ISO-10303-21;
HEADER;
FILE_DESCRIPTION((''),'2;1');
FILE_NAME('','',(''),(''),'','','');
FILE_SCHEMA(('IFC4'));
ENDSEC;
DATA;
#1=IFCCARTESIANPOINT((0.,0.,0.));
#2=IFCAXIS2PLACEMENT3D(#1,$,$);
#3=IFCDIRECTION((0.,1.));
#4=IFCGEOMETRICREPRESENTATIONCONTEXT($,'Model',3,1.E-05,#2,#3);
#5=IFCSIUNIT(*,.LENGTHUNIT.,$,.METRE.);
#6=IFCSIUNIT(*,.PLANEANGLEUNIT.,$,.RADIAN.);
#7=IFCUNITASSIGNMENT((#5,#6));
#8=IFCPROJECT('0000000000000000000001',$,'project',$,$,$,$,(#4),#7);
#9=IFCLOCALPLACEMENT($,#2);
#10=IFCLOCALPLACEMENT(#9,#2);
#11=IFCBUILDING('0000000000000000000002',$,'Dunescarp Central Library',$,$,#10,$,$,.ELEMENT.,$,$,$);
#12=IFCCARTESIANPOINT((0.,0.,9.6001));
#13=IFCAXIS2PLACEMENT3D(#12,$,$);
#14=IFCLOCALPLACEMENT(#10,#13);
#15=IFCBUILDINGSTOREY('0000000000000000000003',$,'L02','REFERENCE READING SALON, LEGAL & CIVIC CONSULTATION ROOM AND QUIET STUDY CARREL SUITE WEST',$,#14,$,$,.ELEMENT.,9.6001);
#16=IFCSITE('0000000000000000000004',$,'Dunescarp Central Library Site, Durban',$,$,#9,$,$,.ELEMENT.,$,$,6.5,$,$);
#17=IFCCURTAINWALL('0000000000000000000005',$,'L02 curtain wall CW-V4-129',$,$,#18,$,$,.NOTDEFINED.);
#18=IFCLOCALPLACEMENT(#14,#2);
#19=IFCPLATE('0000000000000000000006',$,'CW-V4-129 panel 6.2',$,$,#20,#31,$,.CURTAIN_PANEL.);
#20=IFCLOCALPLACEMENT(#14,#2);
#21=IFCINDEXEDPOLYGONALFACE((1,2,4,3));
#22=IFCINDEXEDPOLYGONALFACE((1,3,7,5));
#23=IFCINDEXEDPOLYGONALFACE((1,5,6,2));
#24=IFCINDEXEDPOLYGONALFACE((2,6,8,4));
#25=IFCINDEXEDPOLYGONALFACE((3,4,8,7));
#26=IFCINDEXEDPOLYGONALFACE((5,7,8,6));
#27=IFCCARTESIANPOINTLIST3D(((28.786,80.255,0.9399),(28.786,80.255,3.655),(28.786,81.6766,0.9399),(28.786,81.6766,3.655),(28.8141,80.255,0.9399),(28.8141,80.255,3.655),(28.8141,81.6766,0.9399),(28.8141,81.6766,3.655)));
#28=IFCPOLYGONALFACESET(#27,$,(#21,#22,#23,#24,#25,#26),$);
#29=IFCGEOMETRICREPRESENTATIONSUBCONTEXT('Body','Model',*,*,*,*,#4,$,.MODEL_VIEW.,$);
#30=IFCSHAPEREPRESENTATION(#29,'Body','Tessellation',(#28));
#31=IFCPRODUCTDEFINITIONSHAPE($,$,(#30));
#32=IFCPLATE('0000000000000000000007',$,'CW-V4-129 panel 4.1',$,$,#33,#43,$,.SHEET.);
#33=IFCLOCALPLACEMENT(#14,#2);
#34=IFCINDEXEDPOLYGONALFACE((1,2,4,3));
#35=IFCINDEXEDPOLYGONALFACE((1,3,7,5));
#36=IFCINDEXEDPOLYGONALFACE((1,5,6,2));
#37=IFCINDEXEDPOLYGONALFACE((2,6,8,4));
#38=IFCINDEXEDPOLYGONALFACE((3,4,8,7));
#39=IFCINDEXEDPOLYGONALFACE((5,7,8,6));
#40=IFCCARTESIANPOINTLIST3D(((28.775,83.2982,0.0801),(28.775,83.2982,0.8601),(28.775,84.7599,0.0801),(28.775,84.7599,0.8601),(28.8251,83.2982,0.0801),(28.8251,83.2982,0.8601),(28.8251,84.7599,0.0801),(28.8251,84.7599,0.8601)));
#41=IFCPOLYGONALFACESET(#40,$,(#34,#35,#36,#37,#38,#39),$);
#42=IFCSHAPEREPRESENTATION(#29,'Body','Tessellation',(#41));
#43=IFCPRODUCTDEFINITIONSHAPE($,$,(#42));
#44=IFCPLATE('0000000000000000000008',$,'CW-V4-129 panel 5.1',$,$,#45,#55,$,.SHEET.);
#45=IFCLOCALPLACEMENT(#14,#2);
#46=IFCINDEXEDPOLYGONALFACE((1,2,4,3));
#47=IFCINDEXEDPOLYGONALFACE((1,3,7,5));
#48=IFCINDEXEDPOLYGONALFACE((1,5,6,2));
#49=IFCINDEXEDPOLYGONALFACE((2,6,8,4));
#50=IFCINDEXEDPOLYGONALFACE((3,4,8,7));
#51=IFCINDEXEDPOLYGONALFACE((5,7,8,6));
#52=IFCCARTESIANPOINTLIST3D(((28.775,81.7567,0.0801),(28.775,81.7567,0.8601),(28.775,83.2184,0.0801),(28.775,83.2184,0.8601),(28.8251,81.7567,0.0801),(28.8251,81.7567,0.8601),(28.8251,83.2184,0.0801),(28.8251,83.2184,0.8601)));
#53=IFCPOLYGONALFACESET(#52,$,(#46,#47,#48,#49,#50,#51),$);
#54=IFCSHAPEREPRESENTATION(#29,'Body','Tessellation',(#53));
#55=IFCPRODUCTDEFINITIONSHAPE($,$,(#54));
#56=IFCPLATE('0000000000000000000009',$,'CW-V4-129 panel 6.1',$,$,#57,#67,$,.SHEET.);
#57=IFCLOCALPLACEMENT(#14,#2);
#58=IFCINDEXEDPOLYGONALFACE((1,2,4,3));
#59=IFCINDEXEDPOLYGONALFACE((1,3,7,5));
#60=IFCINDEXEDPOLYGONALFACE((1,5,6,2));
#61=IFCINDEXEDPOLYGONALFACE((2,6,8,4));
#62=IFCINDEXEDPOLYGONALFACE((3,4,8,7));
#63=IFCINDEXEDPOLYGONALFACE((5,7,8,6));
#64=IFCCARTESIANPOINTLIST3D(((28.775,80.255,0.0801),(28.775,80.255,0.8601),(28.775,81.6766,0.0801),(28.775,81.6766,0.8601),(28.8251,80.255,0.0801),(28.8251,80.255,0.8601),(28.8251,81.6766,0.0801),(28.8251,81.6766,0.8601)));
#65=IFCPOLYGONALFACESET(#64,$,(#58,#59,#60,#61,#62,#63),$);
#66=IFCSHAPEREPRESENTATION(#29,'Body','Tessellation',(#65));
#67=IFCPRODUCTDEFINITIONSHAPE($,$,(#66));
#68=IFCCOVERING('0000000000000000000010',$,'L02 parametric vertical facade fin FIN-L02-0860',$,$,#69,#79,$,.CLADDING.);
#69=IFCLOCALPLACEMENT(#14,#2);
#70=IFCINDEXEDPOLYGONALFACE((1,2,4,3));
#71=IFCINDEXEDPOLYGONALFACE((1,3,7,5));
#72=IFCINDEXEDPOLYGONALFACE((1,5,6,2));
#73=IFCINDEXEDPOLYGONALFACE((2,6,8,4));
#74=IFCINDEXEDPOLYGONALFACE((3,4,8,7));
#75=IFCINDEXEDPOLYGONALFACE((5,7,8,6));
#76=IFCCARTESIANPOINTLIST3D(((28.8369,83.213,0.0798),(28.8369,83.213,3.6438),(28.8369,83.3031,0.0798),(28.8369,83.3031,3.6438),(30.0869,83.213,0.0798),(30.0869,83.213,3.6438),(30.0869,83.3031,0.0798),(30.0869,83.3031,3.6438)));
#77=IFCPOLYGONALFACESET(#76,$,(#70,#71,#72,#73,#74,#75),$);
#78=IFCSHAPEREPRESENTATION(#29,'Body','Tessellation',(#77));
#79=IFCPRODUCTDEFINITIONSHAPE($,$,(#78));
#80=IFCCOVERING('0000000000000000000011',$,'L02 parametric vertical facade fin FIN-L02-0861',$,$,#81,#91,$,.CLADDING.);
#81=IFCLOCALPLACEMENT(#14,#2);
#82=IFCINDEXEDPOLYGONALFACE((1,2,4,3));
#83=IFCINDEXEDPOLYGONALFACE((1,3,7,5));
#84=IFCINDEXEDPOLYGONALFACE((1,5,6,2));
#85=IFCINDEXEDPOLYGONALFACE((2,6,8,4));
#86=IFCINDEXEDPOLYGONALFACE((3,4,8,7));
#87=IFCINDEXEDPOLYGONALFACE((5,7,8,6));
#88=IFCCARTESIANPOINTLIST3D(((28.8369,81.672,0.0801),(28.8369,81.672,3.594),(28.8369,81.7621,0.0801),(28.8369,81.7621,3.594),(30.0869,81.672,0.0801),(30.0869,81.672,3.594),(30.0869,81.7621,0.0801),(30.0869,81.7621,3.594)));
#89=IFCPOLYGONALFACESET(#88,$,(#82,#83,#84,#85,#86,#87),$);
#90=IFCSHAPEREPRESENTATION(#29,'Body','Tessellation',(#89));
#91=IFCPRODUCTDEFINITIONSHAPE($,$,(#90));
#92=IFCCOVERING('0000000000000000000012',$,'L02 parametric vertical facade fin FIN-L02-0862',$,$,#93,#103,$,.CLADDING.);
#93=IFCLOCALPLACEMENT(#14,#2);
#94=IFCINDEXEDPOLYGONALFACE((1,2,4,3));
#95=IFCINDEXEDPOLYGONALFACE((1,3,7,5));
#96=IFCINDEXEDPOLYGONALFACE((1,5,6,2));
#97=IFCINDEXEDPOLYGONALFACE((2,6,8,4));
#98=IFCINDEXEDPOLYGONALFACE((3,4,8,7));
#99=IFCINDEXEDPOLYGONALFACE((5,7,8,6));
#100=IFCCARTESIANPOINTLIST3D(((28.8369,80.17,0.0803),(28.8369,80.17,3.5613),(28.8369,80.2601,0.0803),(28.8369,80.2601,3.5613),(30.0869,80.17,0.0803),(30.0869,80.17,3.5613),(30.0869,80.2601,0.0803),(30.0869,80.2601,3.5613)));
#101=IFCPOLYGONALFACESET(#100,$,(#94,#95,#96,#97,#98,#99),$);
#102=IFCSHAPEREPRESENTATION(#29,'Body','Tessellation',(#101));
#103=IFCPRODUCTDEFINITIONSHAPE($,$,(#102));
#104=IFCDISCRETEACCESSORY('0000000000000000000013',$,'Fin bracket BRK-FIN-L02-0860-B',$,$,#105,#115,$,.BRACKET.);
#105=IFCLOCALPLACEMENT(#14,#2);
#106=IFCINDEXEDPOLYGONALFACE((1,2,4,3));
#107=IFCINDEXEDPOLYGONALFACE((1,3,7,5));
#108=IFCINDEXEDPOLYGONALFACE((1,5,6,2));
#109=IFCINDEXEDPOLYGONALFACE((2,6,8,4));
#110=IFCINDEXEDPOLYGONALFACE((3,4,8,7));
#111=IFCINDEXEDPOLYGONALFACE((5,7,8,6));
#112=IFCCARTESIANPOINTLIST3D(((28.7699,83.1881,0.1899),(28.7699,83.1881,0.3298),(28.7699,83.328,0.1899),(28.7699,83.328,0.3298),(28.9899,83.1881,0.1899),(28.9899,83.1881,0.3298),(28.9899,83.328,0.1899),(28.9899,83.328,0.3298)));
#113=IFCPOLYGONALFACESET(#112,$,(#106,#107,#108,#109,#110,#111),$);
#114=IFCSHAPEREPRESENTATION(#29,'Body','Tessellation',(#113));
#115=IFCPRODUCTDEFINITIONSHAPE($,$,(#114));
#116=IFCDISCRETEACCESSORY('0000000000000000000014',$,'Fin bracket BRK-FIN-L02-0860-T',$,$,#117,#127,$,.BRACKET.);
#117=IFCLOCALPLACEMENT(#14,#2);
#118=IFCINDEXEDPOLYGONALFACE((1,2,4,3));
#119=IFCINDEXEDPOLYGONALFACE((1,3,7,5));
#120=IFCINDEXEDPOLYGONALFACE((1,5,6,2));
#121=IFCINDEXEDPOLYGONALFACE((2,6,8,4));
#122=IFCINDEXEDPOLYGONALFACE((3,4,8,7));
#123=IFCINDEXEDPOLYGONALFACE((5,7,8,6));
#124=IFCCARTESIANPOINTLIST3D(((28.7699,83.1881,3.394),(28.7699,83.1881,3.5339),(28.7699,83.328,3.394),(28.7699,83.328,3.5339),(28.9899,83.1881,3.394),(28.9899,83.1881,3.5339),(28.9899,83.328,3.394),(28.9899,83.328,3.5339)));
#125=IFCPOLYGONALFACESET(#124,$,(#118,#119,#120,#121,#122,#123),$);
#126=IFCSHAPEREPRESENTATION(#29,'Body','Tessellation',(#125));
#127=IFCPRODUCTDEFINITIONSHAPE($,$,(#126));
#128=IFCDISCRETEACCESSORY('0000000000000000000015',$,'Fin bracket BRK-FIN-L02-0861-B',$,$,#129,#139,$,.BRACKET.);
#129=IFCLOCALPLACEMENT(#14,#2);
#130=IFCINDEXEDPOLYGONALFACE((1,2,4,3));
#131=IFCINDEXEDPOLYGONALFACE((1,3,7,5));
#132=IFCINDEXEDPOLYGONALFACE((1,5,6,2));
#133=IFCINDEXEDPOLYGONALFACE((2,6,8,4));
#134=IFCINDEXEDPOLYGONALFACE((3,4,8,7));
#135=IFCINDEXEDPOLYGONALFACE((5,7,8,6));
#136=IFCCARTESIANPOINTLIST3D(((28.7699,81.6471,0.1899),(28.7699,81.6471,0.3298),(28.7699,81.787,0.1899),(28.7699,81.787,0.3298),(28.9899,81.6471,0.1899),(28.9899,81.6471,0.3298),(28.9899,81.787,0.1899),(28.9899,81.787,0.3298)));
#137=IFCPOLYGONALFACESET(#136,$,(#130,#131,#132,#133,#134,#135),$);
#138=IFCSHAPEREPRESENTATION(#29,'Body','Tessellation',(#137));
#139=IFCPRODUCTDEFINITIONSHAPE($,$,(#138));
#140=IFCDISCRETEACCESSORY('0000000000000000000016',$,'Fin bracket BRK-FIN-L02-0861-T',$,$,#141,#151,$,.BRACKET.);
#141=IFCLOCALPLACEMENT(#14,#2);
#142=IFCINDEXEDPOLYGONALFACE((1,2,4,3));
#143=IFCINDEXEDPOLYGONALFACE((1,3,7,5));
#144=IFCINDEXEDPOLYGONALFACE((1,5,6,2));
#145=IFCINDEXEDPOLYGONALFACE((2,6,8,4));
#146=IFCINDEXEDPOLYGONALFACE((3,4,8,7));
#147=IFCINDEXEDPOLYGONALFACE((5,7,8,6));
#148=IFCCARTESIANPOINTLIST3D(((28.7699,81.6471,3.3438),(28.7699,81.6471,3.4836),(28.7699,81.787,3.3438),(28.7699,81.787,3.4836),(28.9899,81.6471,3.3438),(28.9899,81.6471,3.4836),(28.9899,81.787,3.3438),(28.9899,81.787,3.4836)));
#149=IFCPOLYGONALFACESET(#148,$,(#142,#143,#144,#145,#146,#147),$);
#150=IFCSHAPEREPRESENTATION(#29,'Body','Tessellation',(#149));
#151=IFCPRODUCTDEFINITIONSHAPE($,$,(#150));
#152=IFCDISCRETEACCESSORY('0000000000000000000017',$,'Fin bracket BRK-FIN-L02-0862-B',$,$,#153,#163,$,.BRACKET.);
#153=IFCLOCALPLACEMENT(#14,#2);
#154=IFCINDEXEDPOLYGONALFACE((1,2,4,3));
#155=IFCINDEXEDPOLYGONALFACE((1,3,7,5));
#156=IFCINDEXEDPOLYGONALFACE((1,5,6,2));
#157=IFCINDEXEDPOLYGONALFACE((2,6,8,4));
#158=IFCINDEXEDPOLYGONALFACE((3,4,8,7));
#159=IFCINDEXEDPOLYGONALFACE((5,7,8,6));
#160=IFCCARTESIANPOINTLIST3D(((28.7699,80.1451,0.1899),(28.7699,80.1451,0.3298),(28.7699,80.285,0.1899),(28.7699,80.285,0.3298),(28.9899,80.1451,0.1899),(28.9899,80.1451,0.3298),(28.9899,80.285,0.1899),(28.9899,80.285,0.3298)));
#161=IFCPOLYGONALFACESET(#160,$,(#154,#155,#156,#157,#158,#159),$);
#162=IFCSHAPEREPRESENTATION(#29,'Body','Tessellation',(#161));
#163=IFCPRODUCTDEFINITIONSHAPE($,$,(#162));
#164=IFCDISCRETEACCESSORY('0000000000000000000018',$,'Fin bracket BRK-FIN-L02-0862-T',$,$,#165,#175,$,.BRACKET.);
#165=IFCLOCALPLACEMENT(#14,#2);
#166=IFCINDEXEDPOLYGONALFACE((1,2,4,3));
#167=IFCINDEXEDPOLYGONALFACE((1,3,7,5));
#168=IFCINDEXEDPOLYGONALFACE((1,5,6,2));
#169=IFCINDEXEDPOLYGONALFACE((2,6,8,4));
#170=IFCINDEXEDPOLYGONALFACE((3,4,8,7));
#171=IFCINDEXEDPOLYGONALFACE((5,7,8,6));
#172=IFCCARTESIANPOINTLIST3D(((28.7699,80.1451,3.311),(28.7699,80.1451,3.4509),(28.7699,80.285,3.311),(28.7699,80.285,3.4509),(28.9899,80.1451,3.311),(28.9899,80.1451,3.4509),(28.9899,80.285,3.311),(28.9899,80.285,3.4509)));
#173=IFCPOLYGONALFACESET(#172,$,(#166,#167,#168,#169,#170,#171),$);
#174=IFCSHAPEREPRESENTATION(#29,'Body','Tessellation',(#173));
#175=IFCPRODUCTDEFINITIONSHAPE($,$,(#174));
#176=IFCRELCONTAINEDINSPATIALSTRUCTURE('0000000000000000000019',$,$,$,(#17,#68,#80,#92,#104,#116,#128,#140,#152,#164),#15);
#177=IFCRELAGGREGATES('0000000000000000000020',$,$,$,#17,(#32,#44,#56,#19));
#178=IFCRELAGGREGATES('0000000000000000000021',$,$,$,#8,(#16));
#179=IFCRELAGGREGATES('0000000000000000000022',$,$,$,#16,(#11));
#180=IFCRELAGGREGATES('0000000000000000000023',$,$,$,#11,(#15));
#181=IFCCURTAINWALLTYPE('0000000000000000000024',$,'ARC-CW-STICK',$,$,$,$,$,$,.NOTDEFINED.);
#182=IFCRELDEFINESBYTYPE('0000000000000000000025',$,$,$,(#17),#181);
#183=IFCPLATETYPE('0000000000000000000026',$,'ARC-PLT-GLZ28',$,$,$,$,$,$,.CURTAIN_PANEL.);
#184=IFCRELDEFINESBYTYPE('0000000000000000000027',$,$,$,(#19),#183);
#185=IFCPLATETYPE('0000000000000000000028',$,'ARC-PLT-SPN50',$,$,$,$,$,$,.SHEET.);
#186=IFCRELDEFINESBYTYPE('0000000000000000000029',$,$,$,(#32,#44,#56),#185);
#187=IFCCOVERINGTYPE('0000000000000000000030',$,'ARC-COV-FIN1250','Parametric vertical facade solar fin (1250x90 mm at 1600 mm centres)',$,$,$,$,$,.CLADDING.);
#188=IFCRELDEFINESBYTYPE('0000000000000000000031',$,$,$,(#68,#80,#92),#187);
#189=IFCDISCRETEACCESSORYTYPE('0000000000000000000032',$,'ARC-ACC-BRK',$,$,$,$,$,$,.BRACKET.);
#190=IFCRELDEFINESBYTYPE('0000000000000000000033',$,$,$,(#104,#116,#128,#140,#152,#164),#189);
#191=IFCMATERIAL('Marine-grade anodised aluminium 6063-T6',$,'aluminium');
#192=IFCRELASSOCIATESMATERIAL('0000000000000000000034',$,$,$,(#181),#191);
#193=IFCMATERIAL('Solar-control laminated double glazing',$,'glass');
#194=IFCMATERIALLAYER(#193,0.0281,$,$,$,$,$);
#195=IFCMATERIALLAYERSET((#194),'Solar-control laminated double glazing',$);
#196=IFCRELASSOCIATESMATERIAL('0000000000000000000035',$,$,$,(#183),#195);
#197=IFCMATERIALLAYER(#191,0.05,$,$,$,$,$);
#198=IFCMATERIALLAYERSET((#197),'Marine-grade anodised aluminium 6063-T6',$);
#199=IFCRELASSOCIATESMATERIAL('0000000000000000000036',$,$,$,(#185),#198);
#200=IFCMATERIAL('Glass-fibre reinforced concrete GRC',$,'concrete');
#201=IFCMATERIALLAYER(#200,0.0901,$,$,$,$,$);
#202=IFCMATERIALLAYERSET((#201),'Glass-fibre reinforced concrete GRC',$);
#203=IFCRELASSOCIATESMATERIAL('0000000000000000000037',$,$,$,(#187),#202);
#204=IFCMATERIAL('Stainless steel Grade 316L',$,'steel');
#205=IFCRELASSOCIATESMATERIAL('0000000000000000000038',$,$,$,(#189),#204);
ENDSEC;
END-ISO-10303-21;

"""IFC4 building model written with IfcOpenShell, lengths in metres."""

from ifc_helpers import new_model, si_unit, direction, frame, origin, origin_2d, place, context, subcontext, project, spatial, rectangle, extrude, material, layer, layer_set, type_object, element, aggregate, save


model = new_model("IFC4")

# Units and contexts
model_context = context("Model", 3, precision=1e-05, world=origin(), true_north=direction((0.0, 1.0)))
body_context = subcontext(model_context, "Body", "Model", "MODEL_VIEW")
ifc_project = project(units=[si_unit("LENGTHUNIT", "METRE"), si_unit("PLANEANGLEUNIT", "RADIAN")], contexts=[model_context])

# Site, building, storey
site_placement = place(None, origin())
site = spatial("IfcSite", under=ifc_project, at=site_placement, Name="Dunescarp Central Library Site, Durban", CompositionType="ELEMENT", RefElevation=6.5)
building_placement = place(site_placement, origin())
building = spatial("IfcBuilding", under=site, at=building_placement, Name="Dunescarp Central Library", CompositionType="ELEMENT")
storey_placement = place(building_placement, frame((0.0, 0.0, 9.6001)))
storey = spatial("IfcBuildingStorey", under=building, at=storey_placement, Name="L02", Description="REFERENCE READING SALON, LEGAL & CIVIC CONSULTATION ROOM AND QUIET STUDY CARREL SUITE WEST", CompositionType="ELEMENT", Elevation=9.6001)

# Curtain wall, plates
ifc_material_1 = material(Name="Marine-grade anodised aluminium 6063-T6", Category="aluminium")
curtain_wall_type = type_object("IfcCurtainWallType", Name="ARC-CW-STICK", PredefinedType="NOTDEFINED", material=ifc_material_1)
curtain_wall_placement = place(storey_placement, origin())
curtain_wall = element("IfcCurtainWall", 1, at=curtain_wall_placement, inside=storey, type_object=curtain_wall_type, Name="L02 curtain wall CW-V4-129", PredefinedType="NOTDEFINED")
ifc_material_2 = material(Name="Solar-control laminated double glazing", Category="glass")
ifc_layer_1 = layer(ifc_material_2, 0.0281)
ifc_layer_set_1 = layer_set([ifc_layer_1], Name="Solar-control laminated double glazing")
plate_type_1 = type_object("IfcPlateType", Name="ARC-PLT-GLZ28", PredefinedType="CURTAIN_PANEL", material=ifc_layer_set_1)
plate_1_placement = place(storey_placement, frame((28.8, 80.9658, 0.9399), z_axis=(0.0, 0.0, 1.0), x_axis=(0.0, -1.0, 0.0)))
plate_1 = element("IfcPlate", 2, at=plate_1_placement, type_object=plate_type_1, Name="CW-V4-129 panel 6.2", PredefinedType="CURTAIN_PANEL", context=body_context, shape_type="SweptSolid", body=[
    extrude(rectangle(XDim=1.4216, YDim=0.0281, at=origin_2d()), origin(), (0.0, 0.0, 1.0), 2.7151),
])
ifc_layer_2 = layer(ifc_material_1, 0.05)
ifc_layer_set_2 = layer_set([ifc_layer_2], Name="Marine-grade anodised aluminium 6063-T6")
plate_type_2 = type_object("IfcPlateType", Name="ARC-PLT-SPN50", PredefinedType="SHEET", material=ifc_layer_set_2)
plate_2_placement = place(storey_placement, frame((28.8, 84.0291, 0.0801), z_axis=(0.0, 0.0, 1.0), x_axis=(0.0, -1.0, 0.0)))
plate_2 = element("IfcPlate", 3, at=plate_2_placement, type_object=plate_type_2, Name="CW-V4-129 panel 4.1", PredefinedType="SHEET", context=body_context, shape_type="SweptSolid", body=[
    extrude(rectangle(XDim=1.4617, YDim=0.05, at=origin_2d()), origin(), (0.0, 0.0, 1.0), 0.78),
])
plate_3_placement = place(storey_placement, frame((28.8, 82.4875, 0.0801), z_axis=(0.0, 0.0, 1.0), x_axis=(0.0, -1.0, 0.0)))
plate_3 = element("IfcPlate", 4, at=plate_3_placement, type_object=plate_type_2, Name="CW-V4-129 panel 5.1", PredefinedType="SHEET", context=body_context, shape_type="SweptSolid", body=[
    extrude(rectangle(XDim=1.4617, YDim=0.05, at=origin_2d()), origin(), (0.0, 0.0, 1.0), 0.78),
])
plate_4_placement = place(storey_placement, frame((28.8, 80.9658, 0.0801), z_axis=(0.0, 0.0, 1.0), x_axis=(0.0, -1.0, 0.0)))
plate_4 = element("IfcPlate", 5, at=plate_4_placement, type_object=plate_type_2, Name="CW-V4-129 panel 6.1", PredefinedType="SHEET", context=body_context, shape_type="SweptSolid", body=[
    extrude(rectangle(XDim=1.4216, YDim=0.05, at=origin_2d()), origin(), (0.0, 0.0, 1.0), 0.78),
])
aggregate(curtain_wall, [plate_2, plate_3, plate_4, plate_1])

# Coverings
ifc_material_3 = material(Name="Glass-fibre reinforced concrete GRC", Category="concrete")
ifc_layer_3 = layer(ifc_material_3, 0.0901)
ifc_layer_set_3 = layer_set([ifc_layer_3], Name="Glass-fibre reinforced concrete GRC")
covering_type = type_object("IfcCoveringType", Name="ARC-COV-FIN1250", Description="Parametric vertical facade solar fin (1250x90 mm at 1600 mm centres)", PredefinedType="CLADDING", material=ifc_layer_set_3)
covering_1_placement = place(storey_placement, frame((29.4619, 83.2581, 0.0798), z_axis=(0.0, 0.0, 1.0), x_axis=(1.0, 0.0, 0.0)))
element("IfcCovering", 6, at=covering_1_placement, inside=storey, type_object=covering_type, Name="L02 parametric vertical facade fin FIN-L02-0860", PredefinedType="CLADDING", context=body_context, shape_type="SweptSolid", body=[
    extrude(rectangle(XDim=1.25, YDim=0.0901, at=origin_2d()), origin(), (0.0, 0.0, 1.0), 3.564),
])
covering_2_placement = place(storey_placement, frame((29.4619, 81.717, 0.0801), z_axis=(0.0, 0.0, 1.0), x_axis=(1.0, 0.0, 0.0)))
element("IfcCovering", 7, at=covering_2_placement, inside=storey, type_object=covering_type, Name="L02 parametric vertical facade fin FIN-L02-0861", PredefinedType="CLADDING", context=body_context, shape_type="SweptSolid", body=[
    extrude(rectangle(XDim=1.25, YDim=0.0901, at=origin_2d()), origin(), (0.0, 0.0, 1.0), 3.5139),
])
covering_3_placement = place(storey_placement, frame((29.4619, 80.2151, 0.0803), z_axis=(0.0, 0.0, 1.0), x_axis=(1.0, 0.0, 0.0)))
element("IfcCovering", 8, at=covering_3_placement, inside=storey, type_object=covering_type, Name="L02 parametric vertical facade fin FIN-L02-0862", PredefinedType="CLADDING", context=body_context, shape_type="SweptSolid", body=[
    extrude(rectangle(XDim=1.25, YDim=0.0901, at=origin_2d()), origin(), (0.0, 0.0, 1.0), 3.481),
])

# Discrete accessories
ifc_material_4 = material(Name="Stainless steel Grade 316L", Category="steel")
discrete_accessory_type = type_object("IfcDiscreteAccessoryType", Name="ARC-ACC-BRK", PredefinedType="BRACKET", material=ifc_material_4)
for number, where, z_axis, x_axis, name in (
    (9, (28.8799, 83.2581, 0.1899), (0.0, 0.0, 1.0), (1.0, 0.0, 0.0), "Fin bracket BRK-FIN-L02-0860-B"),
    (10, (28.8799, 83.2581, 3.394), (0.0, 0.0, 1.0), (1.0, 0.0, 0.0), "Fin bracket BRK-FIN-L02-0860-T"),
    (11, (28.8799, 81.717, 0.1899), (0.0, 0.0, 1.0), (1.0, 0.0, 0.0), "Fin bracket BRK-FIN-L02-0861-B"),
    (12, (28.8799, 81.717, 3.3438), (0.0, 0.0, 1.0), (1.0, 0.0, 0.0), "Fin bracket BRK-FIN-L02-0861-T"),
    (13, (28.8799, 80.2151, 0.1899), (0.0, 0.0, 1.0), (1.0, 0.0, 0.0), "Fin bracket BRK-FIN-L02-0862-B"),
    (14, (28.8799, 80.2151, 3.311), (0.0, 0.0, 1.0), (1.0, 0.0, 0.0), "Fin bracket BRK-FIN-L02-0862-T"),
):
    element("IfcDiscreteAccessory", number, at=place(storey_placement, frame(where, z_axis=z_axis, x_axis=x_axis)), inside=storey, type_object=discrete_accessory_type, Name=name, PredefinedType="BRACKET", context=body_context, shape_type="SweptSolid", body=[
        extrude(rectangle(XDim=0.22, YDim=0.1399, at=origin_2d()), origin(), (0.0, 0.0, 1.0), 0.1399),
    ])

save(model, "model.ifc")
